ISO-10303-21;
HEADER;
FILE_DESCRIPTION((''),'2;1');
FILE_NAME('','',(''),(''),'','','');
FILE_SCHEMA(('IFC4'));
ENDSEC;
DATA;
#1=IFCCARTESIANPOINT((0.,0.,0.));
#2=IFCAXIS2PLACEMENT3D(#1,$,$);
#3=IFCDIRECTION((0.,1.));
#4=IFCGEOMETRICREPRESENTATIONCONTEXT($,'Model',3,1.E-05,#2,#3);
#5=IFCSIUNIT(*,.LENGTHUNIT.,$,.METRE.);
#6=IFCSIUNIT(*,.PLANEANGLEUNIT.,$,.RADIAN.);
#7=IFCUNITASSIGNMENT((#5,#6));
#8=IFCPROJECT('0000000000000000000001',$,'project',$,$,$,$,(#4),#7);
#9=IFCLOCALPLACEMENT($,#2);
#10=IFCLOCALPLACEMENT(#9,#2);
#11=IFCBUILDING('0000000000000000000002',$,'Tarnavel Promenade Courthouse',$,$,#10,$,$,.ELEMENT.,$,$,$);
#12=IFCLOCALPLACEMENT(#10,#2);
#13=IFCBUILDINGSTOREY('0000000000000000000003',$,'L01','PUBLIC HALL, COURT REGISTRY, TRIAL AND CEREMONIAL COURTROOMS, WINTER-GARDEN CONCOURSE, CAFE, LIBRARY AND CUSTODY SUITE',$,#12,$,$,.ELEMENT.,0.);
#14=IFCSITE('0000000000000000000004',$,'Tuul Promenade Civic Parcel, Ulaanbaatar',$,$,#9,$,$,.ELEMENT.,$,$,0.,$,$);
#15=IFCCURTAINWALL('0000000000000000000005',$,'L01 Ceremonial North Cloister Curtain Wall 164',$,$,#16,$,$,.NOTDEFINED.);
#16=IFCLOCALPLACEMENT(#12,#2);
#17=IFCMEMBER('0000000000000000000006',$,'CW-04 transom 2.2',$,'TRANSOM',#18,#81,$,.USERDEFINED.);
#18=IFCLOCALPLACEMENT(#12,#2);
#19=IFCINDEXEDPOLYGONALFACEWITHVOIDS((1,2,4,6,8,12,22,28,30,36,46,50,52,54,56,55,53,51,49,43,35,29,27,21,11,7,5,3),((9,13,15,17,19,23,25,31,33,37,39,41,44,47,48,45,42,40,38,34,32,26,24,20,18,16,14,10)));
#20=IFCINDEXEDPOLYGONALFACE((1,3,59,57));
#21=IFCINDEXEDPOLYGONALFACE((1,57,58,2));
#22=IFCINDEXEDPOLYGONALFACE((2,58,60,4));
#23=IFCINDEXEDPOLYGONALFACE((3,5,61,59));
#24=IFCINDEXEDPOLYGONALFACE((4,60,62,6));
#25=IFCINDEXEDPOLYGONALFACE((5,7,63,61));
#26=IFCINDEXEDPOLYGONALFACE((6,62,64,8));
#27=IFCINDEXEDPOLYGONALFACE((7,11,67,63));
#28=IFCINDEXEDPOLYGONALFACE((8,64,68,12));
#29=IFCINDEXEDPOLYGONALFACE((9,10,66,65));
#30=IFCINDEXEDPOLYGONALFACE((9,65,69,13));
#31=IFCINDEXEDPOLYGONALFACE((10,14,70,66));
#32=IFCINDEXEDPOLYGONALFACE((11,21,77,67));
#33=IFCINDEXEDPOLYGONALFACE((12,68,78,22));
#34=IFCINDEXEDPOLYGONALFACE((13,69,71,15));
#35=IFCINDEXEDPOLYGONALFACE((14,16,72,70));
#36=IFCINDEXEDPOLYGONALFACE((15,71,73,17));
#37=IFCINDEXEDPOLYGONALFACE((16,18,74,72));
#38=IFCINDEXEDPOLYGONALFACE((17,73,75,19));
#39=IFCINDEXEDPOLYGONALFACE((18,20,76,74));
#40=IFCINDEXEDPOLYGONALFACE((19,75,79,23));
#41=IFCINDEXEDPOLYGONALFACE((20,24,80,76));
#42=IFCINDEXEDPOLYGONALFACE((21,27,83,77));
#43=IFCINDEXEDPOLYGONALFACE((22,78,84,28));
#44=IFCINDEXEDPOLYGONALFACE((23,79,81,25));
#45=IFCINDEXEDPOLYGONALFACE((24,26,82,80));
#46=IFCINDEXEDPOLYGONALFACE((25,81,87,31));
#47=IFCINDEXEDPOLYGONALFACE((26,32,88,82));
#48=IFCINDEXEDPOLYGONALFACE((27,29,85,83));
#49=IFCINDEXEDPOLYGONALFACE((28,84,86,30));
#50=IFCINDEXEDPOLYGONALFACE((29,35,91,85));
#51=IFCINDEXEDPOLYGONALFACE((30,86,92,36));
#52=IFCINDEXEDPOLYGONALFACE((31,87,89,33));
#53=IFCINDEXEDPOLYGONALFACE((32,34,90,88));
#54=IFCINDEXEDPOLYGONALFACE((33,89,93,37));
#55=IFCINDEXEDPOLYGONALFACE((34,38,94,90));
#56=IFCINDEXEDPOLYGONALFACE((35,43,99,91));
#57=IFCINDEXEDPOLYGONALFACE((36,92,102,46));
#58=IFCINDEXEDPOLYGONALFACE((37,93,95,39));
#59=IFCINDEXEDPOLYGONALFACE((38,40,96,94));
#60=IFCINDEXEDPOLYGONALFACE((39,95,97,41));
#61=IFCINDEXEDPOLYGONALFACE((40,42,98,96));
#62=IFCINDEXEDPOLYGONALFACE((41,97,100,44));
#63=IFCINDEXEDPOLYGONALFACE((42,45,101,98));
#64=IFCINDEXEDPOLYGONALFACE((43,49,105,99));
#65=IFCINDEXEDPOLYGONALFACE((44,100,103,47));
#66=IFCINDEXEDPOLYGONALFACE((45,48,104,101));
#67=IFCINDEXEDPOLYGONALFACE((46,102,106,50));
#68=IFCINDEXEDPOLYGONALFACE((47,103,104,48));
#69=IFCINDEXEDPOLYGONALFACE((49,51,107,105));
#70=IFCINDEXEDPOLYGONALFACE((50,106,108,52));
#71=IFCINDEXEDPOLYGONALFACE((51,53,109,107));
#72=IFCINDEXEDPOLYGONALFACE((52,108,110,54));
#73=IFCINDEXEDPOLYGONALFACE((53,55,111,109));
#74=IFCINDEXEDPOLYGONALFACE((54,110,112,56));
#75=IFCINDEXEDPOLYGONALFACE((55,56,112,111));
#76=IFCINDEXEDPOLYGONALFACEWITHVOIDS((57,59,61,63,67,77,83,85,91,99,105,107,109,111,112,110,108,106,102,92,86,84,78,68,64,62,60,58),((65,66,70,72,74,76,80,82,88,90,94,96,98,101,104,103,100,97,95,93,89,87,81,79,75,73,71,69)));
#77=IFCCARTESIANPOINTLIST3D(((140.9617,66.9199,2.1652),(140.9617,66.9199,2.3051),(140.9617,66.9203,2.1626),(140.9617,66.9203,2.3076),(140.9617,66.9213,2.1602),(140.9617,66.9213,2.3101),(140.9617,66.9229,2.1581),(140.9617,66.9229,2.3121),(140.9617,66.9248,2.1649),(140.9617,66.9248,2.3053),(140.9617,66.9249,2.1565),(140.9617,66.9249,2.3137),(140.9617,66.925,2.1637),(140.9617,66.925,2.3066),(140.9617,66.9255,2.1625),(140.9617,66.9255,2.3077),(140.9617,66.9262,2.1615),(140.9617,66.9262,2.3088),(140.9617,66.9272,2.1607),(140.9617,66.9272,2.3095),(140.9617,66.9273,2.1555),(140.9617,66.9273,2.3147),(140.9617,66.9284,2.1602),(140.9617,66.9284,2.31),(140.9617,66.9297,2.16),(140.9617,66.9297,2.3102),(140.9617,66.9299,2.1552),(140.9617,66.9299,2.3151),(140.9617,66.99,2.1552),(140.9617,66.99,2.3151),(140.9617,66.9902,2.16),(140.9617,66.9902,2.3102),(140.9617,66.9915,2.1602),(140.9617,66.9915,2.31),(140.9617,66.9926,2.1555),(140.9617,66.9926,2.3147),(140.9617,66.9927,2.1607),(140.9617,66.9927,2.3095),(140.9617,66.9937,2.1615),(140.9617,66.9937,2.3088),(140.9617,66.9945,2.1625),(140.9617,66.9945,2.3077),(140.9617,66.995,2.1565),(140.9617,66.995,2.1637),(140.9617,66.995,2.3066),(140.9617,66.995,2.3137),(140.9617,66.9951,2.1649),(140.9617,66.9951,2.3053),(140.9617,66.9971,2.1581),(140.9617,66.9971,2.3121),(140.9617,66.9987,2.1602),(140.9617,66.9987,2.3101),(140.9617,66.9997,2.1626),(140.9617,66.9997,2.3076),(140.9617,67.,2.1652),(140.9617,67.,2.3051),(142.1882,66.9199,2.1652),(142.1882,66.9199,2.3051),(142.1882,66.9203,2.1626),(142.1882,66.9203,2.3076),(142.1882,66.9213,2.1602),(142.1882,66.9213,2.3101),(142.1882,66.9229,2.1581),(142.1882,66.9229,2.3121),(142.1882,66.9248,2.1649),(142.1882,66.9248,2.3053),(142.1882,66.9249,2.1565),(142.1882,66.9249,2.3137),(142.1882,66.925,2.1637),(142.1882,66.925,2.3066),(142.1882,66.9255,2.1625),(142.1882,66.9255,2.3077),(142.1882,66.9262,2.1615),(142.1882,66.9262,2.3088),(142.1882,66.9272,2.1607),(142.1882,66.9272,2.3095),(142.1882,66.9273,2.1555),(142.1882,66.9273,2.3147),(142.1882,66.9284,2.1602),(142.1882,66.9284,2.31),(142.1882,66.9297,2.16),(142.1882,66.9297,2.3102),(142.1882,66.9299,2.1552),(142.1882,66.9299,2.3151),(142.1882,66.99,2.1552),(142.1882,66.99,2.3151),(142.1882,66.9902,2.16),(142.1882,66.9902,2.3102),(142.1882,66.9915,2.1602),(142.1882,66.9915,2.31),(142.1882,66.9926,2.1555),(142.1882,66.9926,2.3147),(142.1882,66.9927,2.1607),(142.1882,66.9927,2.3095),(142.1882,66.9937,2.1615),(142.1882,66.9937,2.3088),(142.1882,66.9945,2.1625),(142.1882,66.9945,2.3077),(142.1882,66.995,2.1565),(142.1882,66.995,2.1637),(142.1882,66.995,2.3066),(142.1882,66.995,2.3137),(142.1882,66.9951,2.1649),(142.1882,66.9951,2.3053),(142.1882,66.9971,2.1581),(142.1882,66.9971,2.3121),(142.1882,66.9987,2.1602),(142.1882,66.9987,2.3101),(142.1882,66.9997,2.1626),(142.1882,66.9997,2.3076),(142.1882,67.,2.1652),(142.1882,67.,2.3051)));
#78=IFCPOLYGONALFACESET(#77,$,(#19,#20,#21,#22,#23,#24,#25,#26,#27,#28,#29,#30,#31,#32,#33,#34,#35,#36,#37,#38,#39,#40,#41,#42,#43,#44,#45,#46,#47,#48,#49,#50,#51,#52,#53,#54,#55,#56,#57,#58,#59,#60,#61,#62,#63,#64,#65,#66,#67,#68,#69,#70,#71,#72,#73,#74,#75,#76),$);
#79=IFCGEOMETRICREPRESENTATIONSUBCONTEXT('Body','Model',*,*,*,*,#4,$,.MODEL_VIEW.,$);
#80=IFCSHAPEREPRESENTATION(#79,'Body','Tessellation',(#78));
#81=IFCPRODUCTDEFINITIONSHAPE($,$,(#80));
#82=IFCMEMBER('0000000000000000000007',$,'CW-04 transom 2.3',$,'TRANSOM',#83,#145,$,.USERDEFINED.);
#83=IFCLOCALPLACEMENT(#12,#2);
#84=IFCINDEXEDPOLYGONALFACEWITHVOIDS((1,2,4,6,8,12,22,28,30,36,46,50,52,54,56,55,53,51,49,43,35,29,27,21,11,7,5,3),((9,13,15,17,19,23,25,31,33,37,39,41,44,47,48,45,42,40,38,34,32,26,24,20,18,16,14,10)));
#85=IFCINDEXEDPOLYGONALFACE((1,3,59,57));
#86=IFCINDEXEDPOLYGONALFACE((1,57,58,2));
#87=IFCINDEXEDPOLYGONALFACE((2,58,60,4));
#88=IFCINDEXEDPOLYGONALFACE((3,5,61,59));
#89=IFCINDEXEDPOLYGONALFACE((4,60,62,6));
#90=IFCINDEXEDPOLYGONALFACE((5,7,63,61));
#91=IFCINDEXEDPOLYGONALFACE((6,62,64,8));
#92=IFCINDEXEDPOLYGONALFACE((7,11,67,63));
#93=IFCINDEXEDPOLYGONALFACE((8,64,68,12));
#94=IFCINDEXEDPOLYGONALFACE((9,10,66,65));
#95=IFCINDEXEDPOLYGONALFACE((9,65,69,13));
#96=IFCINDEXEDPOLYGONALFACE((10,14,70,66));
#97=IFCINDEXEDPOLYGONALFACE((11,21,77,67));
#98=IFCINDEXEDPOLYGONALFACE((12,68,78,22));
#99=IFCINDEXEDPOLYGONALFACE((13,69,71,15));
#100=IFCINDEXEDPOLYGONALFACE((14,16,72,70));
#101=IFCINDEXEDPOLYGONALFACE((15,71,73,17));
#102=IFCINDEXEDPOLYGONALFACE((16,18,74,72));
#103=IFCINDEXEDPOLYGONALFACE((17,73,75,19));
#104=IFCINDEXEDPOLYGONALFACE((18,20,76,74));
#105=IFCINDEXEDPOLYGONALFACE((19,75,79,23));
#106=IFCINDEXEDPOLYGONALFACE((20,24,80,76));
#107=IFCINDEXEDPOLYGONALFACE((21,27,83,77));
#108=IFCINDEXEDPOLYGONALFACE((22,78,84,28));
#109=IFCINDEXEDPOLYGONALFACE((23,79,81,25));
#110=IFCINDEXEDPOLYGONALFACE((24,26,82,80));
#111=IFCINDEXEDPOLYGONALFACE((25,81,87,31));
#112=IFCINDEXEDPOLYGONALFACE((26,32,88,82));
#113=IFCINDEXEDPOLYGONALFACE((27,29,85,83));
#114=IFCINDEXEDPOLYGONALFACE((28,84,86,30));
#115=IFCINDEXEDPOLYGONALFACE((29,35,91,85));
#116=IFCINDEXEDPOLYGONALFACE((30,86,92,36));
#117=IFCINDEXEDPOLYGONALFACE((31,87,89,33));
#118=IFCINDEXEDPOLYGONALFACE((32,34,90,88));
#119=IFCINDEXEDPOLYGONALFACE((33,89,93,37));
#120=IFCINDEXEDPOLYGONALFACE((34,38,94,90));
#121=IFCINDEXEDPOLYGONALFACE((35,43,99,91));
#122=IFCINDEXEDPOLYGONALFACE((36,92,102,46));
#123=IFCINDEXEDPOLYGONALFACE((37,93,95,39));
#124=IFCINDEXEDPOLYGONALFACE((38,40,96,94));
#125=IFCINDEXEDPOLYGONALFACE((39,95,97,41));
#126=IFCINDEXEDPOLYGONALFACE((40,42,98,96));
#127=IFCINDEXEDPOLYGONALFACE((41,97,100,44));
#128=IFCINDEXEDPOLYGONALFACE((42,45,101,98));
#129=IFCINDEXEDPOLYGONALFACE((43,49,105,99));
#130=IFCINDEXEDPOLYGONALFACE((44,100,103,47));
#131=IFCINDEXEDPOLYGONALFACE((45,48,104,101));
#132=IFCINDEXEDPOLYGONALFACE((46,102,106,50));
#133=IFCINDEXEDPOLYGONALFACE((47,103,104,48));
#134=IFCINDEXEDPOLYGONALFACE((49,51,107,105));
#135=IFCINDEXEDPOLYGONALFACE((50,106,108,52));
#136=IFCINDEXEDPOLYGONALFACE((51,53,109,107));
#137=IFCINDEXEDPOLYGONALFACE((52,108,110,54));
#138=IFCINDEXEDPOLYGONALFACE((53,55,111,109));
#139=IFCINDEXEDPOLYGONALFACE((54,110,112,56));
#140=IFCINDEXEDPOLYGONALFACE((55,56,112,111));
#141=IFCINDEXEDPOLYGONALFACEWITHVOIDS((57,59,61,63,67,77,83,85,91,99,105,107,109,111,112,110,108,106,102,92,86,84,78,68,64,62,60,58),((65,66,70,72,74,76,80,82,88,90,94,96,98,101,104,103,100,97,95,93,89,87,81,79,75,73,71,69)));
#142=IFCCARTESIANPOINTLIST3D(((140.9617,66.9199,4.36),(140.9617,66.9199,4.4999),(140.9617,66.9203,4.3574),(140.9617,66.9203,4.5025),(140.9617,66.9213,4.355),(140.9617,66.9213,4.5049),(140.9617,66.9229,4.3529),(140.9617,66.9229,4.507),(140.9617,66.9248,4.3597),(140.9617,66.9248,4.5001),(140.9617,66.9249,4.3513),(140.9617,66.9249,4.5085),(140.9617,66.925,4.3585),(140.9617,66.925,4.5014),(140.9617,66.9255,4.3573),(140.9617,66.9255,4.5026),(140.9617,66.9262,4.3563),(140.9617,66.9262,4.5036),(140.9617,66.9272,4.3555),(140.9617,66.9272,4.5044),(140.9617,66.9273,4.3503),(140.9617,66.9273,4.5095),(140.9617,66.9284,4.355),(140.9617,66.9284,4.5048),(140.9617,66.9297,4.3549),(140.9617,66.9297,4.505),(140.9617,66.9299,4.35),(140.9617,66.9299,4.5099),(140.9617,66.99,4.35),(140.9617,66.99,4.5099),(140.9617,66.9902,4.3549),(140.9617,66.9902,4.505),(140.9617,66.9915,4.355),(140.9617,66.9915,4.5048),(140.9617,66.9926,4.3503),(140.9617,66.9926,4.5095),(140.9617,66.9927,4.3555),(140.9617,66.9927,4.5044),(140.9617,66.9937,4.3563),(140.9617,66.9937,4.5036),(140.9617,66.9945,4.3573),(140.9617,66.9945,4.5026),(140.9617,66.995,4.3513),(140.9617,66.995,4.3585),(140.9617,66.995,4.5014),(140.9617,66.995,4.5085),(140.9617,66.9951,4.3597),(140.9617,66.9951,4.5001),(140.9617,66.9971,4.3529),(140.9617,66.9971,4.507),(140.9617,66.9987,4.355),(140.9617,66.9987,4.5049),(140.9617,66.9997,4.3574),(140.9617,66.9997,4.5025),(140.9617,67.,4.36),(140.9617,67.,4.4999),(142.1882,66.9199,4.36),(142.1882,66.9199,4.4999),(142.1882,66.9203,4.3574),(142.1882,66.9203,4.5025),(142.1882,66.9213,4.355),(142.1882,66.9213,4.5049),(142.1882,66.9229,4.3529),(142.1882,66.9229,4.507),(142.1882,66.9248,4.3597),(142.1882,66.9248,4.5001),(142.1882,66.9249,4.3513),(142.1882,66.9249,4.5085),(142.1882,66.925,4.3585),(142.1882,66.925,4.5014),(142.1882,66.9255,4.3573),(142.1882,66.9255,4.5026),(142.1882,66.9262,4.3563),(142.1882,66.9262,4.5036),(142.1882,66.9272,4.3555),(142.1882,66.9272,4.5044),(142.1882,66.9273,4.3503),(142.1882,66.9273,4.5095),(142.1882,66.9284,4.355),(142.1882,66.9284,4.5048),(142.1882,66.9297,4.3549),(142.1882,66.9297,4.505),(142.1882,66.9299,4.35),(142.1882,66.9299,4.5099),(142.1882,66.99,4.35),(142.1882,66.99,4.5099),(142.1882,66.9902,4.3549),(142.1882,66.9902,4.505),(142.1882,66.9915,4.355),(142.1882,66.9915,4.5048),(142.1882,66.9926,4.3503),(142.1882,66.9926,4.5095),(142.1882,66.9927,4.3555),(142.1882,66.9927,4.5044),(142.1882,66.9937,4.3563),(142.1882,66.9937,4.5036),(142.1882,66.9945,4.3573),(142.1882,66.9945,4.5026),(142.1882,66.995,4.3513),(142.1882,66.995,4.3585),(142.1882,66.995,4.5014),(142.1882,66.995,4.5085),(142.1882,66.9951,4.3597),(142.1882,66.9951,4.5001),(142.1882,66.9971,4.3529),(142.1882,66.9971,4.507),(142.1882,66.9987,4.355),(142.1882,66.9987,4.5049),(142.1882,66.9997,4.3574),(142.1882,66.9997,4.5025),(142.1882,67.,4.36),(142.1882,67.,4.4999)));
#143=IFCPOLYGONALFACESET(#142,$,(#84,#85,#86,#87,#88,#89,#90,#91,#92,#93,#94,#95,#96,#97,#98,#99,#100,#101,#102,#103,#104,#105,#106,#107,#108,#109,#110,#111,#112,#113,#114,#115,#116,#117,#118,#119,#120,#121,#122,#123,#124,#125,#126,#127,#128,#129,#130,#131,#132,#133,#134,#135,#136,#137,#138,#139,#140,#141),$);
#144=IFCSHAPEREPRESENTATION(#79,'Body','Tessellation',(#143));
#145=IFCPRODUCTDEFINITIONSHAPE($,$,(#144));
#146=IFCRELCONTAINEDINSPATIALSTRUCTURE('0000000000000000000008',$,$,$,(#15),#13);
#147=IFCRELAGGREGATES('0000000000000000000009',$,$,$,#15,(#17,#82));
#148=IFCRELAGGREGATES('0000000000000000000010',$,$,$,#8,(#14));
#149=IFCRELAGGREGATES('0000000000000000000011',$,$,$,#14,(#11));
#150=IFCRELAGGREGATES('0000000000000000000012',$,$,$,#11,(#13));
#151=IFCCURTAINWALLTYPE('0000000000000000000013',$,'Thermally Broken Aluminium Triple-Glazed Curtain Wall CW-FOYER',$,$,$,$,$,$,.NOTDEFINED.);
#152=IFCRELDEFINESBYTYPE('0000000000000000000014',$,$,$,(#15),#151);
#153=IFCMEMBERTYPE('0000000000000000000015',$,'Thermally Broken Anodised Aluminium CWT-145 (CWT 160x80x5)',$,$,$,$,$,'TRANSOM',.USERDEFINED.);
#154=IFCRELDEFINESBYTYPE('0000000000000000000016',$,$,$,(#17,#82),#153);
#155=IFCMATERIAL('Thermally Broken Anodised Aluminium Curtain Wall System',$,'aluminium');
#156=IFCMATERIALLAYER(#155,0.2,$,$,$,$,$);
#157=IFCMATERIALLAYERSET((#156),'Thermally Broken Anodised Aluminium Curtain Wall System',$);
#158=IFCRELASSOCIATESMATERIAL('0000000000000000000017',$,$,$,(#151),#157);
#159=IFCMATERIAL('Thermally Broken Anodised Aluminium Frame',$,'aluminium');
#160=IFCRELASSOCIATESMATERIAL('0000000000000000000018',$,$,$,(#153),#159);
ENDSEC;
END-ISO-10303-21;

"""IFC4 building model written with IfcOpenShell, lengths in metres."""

from ifc_helpers import new_model, si_unit, direction, frame, origin, origin_2d, place, context, subcontext, project, spatial, hollow_rectangle, extrude, material, layer, layer_set, material_profile, profile_set, type_object, element, aggregate, save


model = new_model("IFC4")

# Units and contexts
model_context = context("Model", 3, precision=1e-05, world=origin(), true_north=direction((0.0, 1.0)))
body_context = subcontext(model_context, "Body", "Model", "MODEL_VIEW")
ifc_project = project(units=[si_unit("LENGTHUNIT", "METRE"), si_unit("PLANEANGLEUNIT", "RADIAN")], contexts=[model_context])

# Site, building, storey
site_placement = place(None, origin())
site = spatial("IfcSite", under=ifc_project, at=site_placement, Name="Tuul Promenade Civic Parcel, Ulaanbaatar", CompositionType="ELEMENT", RefElevation=0.0)
building_placement = place(site_placement, origin())
building = spatial("IfcBuilding", under=site, at=building_placement, Name="Tarnavel Promenade Courthouse", CompositionType="ELEMENT")
storey_placement = place(building_placement, origin())
storey = spatial("IfcBuildingStorey", under=building, at=storey_placement, Name="L01", Description="PUBLIC HALL, COURT REGISTRY, TRIAL AND CEREMONIAL COURTROOMS, WINTER-GARDEN CONCOURSE, CAFE, LIBRARY AND CUSTODY SUITE", CompositionType="ELEMENT", Elevation=0.0)

# Curtain wall
ifc_material_1 = material(Name="Thermally Broken Anodised Aluminium Curtain Wall System", Category="aluminium")
ifc_layer_1 = layer(ifc_material_1, 0.2)
ifc_layer_set_1 = layer_set([ifc_layer_1], Name="Thermally Broken Anodised Aluminium Curtain Wall System")
curtain_wall_type = type_object("IfcCurtainWallType", Name="Thermally Broken Aluminium Triple-Glazed Curtain Wall CW-FOYER", PredefinedType="NOTDEFINED", material=ifc_layer_set_1)
curtain_wall_1_placement = place(storey_placement, origin())
curtain_wall_1 = element("IfcCurtainWall", 1, at=curtain_wall_1_placement, inside=storey, type_object=curtain_wall_type, Name="L01 Ceremonial North Cloister Curtain Wall 164", PredefinedType="NOTDEFINED")
ifc_material_2 = material(Name="Thermally Broken Anodised Aluminium Frame", Category="aluminium")

# Members
ifc_material_profile_1 = material_profile(ifc_material_2, hollow_rectangle(XDim=0.0801, YDim=0.1599, WallThickness=0.0049, InnerFilletRadius=0.0049, OuterFilletRadius=0.01, at=origin_2d()), Name="CWT 160x80x5")
ifc_profile_set_1 = profile_set([ifc_material_profile_1], Name="Thermally Broken Anodised Aluminium Frame")
member_type_1 = type_object("IfcMemberType", Name="Thermally Broken Anodised Aluminium CWT-145 (CWT 160x80x5)", ElementType="TRANSOM", PredefinedType="USERDEFINED", material=ifc_profile_set_1)
member_1_placement = place(storey_placement, frame((142.1882, 66.96, 2.2351), z_axis=(-1.0, 0.0, 0.0), x_axis=(0.0, -1.0, 0.0)))
member_1 = element("IfcMember", 2, at=member_1_placement, type_object=member_type_1, Name="CW-04 transom 2.2", ObjectType="TRANSOM", PredefinedType="USERDEFINED", context=body_context, shape_type="SweptSolid", body=[
    extrude(hollow_rectangle(XDim=0.0801, YDim=0.1599, WallThickness=0.0049, InnerFilletRadius=0.0049, OuterFilletRadius=0.01, at=origin_2d()), origin(), (0.0, 0.0, 1.0), 1.2266),
])
member_2_placement = place(storey_placement, frame((142.1882, 66.96, 4.4299), z_axis=(-1.0, 0.0, 0.0), x_axis=(0.0, -1.0, 0.0)))
member_2 = element("IfcMember", 3, at=member_2_placement, type_object=member_type_1, Name="CW-04 transom 2.3", ObjectType="TRANSOM", PredefinedType="USERDEFINED", context=body_context, shape_type="SweptSolid", body=[
    extrude(hollow_rectangle(XDim=0.0801, YDim=0.1599, WallThickness=0.0049, InnerFilletRadius=0.0049, OuterFilletRadius=0.01, at=origin_2d()), origin(), (0.0, 0.0, 1.0), 1.2266),
])

aggregate(curtain_wall_1, [member_1, member_2])

save(model, "model.ifc")
